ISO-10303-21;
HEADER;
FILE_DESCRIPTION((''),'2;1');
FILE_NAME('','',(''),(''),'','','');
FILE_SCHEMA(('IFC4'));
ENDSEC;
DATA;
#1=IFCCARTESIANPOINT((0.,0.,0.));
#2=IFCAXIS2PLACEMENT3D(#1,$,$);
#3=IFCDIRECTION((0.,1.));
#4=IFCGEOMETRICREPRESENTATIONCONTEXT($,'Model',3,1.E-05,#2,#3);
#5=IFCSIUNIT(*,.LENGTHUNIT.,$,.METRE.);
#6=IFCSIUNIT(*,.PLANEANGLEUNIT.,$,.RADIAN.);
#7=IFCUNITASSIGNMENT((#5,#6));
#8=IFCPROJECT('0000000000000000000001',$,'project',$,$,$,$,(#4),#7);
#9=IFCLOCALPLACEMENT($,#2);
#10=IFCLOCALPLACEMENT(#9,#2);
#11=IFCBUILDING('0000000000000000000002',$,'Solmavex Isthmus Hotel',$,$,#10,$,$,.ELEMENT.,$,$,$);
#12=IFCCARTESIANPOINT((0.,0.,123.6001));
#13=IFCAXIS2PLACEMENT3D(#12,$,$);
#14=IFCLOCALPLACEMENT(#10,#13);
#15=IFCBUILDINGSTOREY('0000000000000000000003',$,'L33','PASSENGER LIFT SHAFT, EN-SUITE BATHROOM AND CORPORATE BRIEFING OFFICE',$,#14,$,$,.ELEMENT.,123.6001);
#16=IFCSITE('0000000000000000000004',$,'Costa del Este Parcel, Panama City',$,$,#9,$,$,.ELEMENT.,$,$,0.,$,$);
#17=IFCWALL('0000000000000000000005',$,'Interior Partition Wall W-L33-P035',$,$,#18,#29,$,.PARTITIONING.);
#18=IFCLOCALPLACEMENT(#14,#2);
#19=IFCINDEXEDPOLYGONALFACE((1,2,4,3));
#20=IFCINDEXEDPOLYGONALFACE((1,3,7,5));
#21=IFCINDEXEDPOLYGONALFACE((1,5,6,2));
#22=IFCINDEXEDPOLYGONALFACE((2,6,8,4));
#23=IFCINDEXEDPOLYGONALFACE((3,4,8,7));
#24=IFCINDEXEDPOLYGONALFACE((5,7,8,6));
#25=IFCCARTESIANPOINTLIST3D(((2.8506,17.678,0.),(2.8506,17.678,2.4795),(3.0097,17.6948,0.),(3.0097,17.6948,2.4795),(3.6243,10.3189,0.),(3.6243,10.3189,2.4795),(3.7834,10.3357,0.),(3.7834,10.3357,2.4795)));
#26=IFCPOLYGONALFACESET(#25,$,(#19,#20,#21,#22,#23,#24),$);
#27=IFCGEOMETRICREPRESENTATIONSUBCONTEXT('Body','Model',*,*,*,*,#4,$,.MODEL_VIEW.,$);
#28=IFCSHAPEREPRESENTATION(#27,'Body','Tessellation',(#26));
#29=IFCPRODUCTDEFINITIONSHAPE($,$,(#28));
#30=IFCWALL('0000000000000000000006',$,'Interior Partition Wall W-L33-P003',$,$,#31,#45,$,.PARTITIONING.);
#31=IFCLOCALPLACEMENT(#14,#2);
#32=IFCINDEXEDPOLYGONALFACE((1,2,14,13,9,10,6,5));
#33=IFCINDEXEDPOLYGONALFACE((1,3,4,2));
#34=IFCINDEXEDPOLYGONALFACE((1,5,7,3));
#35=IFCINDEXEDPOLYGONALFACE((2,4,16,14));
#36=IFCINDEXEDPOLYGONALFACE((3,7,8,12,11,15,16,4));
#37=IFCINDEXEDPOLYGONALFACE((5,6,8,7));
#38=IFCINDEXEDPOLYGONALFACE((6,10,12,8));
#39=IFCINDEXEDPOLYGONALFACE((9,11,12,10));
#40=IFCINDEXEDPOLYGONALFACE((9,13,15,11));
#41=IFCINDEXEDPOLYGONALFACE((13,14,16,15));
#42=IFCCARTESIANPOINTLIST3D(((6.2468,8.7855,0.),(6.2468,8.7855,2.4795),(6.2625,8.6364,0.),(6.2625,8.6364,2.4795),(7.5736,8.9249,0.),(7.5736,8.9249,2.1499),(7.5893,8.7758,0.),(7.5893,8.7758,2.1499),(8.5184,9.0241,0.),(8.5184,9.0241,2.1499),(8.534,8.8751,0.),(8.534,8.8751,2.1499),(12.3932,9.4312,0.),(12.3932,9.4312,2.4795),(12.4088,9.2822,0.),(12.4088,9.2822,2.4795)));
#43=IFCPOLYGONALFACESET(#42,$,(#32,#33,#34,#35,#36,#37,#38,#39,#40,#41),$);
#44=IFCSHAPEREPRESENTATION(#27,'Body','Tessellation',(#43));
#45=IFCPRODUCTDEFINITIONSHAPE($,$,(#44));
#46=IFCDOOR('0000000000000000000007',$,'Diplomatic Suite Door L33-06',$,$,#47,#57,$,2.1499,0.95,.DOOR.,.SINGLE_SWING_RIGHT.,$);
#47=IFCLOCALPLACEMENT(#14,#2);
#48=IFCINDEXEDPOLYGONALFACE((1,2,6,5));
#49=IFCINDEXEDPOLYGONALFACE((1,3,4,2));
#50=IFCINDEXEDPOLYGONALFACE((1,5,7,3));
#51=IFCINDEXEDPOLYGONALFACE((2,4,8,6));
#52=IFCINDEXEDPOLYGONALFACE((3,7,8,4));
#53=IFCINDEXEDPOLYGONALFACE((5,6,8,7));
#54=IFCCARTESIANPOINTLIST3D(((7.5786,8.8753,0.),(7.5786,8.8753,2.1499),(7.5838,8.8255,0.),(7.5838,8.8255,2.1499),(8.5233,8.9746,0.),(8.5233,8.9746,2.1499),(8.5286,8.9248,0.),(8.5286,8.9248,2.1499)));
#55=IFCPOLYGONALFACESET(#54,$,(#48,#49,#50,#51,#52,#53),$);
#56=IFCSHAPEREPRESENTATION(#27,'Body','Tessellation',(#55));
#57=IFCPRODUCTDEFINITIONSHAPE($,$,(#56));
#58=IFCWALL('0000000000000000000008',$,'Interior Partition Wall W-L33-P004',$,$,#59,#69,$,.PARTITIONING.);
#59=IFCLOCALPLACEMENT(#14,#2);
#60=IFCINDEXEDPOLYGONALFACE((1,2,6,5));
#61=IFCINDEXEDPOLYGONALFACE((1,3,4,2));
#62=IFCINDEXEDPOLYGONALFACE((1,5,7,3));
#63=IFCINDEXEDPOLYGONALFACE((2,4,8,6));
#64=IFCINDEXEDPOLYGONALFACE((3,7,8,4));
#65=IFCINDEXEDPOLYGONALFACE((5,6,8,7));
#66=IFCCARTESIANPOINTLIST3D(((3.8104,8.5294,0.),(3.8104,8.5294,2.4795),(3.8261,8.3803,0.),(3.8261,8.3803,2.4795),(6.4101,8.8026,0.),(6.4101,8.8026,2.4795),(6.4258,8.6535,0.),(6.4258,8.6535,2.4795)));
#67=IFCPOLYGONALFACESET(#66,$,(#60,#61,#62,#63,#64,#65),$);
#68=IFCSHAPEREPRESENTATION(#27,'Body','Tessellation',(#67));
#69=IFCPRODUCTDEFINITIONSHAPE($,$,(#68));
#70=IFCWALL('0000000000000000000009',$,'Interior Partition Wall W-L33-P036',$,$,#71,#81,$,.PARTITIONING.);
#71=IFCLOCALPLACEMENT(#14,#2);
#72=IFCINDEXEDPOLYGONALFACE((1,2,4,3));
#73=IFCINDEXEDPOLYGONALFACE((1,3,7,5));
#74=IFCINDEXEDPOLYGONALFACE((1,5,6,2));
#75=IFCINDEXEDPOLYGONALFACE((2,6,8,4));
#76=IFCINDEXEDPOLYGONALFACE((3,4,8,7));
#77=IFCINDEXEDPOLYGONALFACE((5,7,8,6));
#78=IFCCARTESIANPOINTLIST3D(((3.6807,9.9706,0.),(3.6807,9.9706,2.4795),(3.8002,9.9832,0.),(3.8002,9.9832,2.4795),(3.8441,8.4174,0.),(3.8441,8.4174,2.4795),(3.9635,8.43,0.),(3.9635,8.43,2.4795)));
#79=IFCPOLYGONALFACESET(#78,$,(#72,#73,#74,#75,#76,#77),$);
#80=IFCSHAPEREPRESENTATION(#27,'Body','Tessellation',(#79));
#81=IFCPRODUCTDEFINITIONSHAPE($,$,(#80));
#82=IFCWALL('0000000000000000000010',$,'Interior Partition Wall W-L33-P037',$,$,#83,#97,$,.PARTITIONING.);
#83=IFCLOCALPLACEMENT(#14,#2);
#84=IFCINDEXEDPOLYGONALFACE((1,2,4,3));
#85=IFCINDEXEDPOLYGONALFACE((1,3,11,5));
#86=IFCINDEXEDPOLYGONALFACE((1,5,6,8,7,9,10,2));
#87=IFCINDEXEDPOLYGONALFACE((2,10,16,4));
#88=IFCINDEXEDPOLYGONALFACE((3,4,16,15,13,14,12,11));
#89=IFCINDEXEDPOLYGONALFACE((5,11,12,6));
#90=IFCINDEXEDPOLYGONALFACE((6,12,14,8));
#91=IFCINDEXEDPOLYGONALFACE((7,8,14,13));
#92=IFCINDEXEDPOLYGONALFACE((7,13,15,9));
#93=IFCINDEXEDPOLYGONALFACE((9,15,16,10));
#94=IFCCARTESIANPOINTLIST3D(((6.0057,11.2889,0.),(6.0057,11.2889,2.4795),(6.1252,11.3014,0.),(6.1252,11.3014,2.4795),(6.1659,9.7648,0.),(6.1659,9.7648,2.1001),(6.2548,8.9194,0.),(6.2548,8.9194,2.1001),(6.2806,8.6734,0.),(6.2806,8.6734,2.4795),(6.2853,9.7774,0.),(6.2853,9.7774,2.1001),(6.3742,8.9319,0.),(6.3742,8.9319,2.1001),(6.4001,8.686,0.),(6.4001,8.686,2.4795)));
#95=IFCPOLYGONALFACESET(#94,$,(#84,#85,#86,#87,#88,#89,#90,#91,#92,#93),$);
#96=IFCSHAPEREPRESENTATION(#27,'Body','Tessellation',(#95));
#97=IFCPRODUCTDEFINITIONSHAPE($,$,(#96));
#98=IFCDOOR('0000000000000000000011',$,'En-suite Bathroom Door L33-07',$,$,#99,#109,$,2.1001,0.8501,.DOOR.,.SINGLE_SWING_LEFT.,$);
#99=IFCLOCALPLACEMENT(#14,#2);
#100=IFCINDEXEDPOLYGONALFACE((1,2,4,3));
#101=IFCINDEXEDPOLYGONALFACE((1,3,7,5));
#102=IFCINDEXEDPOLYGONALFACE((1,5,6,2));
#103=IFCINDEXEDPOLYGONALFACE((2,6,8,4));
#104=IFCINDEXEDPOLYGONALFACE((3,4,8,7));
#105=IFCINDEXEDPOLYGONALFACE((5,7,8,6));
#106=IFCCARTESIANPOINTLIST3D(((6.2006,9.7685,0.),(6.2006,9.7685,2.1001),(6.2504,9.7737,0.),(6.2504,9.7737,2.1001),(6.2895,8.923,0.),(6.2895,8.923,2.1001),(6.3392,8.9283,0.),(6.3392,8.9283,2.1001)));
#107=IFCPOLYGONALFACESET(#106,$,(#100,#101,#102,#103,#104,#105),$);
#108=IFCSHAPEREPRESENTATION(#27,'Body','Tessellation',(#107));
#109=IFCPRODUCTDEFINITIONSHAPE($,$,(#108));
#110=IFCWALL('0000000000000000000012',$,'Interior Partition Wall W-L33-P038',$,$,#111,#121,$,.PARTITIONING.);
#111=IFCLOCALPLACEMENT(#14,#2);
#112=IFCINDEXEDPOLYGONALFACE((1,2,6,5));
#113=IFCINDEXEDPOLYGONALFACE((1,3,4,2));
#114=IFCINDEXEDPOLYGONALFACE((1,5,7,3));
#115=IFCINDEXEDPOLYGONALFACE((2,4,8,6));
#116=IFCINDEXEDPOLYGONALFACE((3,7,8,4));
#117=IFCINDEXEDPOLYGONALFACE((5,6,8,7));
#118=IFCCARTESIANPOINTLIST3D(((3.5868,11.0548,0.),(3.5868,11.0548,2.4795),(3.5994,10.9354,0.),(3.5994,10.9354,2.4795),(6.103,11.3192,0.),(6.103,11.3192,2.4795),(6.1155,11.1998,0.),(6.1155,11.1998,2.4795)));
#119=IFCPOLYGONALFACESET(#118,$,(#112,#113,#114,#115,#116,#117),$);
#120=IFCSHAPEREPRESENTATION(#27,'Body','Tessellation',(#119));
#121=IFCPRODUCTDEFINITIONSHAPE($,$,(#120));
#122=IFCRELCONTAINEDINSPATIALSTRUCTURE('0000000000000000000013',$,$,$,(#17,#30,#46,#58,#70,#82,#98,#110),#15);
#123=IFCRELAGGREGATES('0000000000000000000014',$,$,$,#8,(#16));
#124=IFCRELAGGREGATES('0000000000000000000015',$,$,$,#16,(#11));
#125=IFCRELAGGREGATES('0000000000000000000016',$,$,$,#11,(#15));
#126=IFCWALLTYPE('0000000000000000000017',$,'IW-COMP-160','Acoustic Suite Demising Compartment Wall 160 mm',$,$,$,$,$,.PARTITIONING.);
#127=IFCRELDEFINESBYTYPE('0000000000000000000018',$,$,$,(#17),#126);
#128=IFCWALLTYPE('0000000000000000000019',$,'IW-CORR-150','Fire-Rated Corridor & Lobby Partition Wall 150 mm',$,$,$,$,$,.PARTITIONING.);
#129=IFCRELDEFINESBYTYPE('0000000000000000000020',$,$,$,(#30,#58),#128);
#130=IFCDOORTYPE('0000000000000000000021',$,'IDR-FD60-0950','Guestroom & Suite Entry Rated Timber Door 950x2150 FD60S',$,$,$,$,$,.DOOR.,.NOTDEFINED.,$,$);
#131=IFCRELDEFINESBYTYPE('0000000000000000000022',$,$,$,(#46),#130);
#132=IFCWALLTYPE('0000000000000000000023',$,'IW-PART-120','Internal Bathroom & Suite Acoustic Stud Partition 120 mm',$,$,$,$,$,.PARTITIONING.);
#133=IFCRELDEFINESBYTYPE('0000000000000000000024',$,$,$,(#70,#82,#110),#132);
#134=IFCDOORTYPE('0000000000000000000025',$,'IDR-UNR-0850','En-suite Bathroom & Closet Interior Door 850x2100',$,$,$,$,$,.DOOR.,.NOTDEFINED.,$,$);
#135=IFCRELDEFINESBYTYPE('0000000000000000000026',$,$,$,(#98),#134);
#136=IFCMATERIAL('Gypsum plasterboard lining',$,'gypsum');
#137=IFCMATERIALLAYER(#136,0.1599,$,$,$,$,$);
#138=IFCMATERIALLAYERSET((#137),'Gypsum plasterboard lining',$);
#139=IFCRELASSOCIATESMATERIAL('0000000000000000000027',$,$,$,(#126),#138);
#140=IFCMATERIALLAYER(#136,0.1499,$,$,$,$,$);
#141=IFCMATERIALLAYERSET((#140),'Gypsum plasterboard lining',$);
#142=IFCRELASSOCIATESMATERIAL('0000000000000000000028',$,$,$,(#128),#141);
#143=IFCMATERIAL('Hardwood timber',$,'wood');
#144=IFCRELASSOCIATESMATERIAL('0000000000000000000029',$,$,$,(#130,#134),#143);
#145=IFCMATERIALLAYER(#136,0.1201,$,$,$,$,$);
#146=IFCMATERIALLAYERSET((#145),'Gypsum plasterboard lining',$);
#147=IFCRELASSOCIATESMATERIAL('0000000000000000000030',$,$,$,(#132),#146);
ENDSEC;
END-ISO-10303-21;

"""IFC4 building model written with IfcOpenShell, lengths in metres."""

from ifc_helpers import new_model, si_unit, direction, frame, frame_2d, origin, place, context, subcontext, project, spatial, rectangle, extrude, material, layer, layer_set, type_object, element, fill, save


model = new_model("IFC4")

# Units and contexts
model_context = context("Model", 3, precision=1e-05, world=origin(), true_north=direction((0.0, 1.0)))
body_context = subcontext(model_context, "Body", "Model", "MODEL_VIEW")
ifc_project = project(units=[si_unit("LENGTHUNIT", "METRE"), si_unit("PLANEANGLEUNIT", "RADIAN")], contexts=[model_context])

# Site, building, storey
site_placement = place(None, origin())
site = spatial("IfcSite", under=ifc_project, at=site_placement, Name="Costa del Este Parcel, Panama City", CompositionType="ELEMENT", RefElevation=0.0)
building_placement = place(site_placement, origin())
building = spatial("IfcBuilding", under=site, at=building_placement, Name="Solmavex Isthmus Hotel", CompositionType="ELEMENT")
storey_placement = place(building_placement, frame((0.0, 0.0, 123.6001)))
storey = spatial("IfcBuildingStorey", under=building, at=storey_placement, Name="L33", Description="PASSENGER LIFT SHAFT, EN-SUITE BATHROOM AND CORPORATE BRIEFING OFFICE", CompositionType="ELEMENT", Elevation=123.6001)

# Wall
ifc_material_1 = material(Name="Gypsum plasterboard lining", Category="gypsum")
ifc_layer_1 = layer(ifc_material_1, 0.1599)
ifc_layer_set_1 = layer_set([ifc_layer_1], Name="Gypsum plasterboard lining")
wall_type_1 = type_object("IfcWallType", Name="IW-COMP-160", Description="Acoustic Suite Demising Compartment Wall 160 mm", PredefinedType="PARTITIONING", material=ifc_layer_set_1)
wall_1_placement = place(storey_placement, frame((2.9302, 17.6863, 0.0), z_axis=(0.0, 0.0, 1.0), x_axis=(0.104556, -0.994519, 0.0)))
element("IfcWall", 1, at=wall_1_placement, inside=storey, type_object=wall_type_1, Name="Interior Partition Wall W-L33-P035", PredefinedType="PARTITIONING", context=body_context, shape_type="SweptSolid", body=[
    extrude(rectangle(XDim=7.3997, YDim=0.1599, at=frame_2d((3.6997, 0.0))), origin(), (0.0, 0.0, 1.0), 2.4795),
])

# Wall, opening, door
ifc_layer_2 = layer(ifc_material_1, 0.1499)
ifc_layer_set_2 = layer_set([ifc_layer_2], Name="Gypsum plasterboard lining")
wall_type_2 = type_object("IfcWallType", Name="IW-CORR-150", Description="Fire-Rated Corridor & Lobby Partition Wall 150 mm", PredefinedType="PARTITIONING", material=ifc_layer_set_2)
wall_2_placement = place(storey_placement, frame((6.2546, 8.7109, 0.0), z_axis=(0.0, 0.0, 1.0), x_axis=(0.994526, 0.104489, 0.0)))
wall_2 = element("IfcWall", 2, at=wall_2_placement, inside=storey, type_object=wall_type_2, Name="Interior Partition Wall W-L33-P003", PredefinedType="PARTITIONING", context=body_context, shape_type="SweptSolid", body=[
    extrude(rectangle(XDim=6.1802, YDim=0.1499, at=frame_2d((3.0901, 0.0))), origin(), (0.0, 0.0, 1.0), 2.4795),
])
opening_1_placement = place(wall_2_placement, frame((1.334, 0.0, 0.0)))
opening_1 = element("IfcOpeningElement", 3, at=opening_1_placement, cuts=wall_2, PredefinedType="OPENING", context=body_context, shape_type="SweptSolid", body=[
    extrude(rectangle(XDim=0.95, YDim=2.1499, at=frame_2d((0.4751, 1.075))), frame((0.0, 0.085, 0.0), z_axis=(0.0, -1.0, 0.0), x_axis=(1.0, 0.0, 0.0)), (0.0, 0.0, 1.0), 0.1699),
])
ifc_material_2 = material(Name="Hardwood timber", Category="wood")
door_type_1 = type_object("IfcDoorType", Name="IDR-FD60-0950", Description="Guestroom & Suite Entry Rated Timber Door 950x2150 FD60S", OperationType="NOTDEFINED", PredefinedType="DOOR", material=ifc_material_2)
door_1_placement = place(opening_1_placement, frame((0.95, 0.0, 0.0), z_axis=(0.0, 0.0, 1.0), x_axis=(-1.0, 0.0, 0.0)))
door_1 = element("IfcDoor", 4, at=door_1_placement, inside=storey, type_object=door_type_1, Name="Diplomatic Suite Door L33-06", OperationType="SINGLE_SWING_RIGHT", OverallHeight=2.1499, OverallWidth=0.95, PredefinedType="DOOR", context=body_context, shape_type="SweptSolid", body=[
    extrude(rectangle(XDim=0.95, YDim=2.1499, at=frame_2d((0.4751, 1.075))), frame((0.0, 0.0249, 0.0), z_axis=(0.0, -1.0, 0.0), x_axis=(1.0, 0.0, 0.0)), (0.0, 0.0, 1.0), 0.05),
])
fill(opening_1, door_1)

# Walls
wall_3_placement = place(storey_placement, frame((3.8181, 8.4548, 0.0), z_axis=(0.0, 0.0, 1.0), x_axis=(0.994523, 0.104515, 0.0)))
element("IfcWall", 5, at=wall_3_placement, inside=storey, type_object=wall_type_2, Name="Interior Partition Wall W-L33-P004", PredefinedType="PARTITIONING", context=body_context, shape_type="SweptSolid", body=[
    extrude(rectangle(XDim=2.614, YDim=0.1499, at=frame_2d((1.3071, 0.0))), origin(), (0.0, 0.0, 1.0), 2.4795),
])
ifc_layer_3 = layer(ifc_material_1, 0.1201)
ifc_layer_set_3 = layer_set([ifc_layer_3], Name="Gypsum plasterboard lining")
wall_type_3 = type_object("IfcWallType", Name="IW-PART-120", Description="Internal Bathroom & Suite Acoustic Stud Partition 120 mm", PredefinedType="PARTITIONING", material=ifc_layer_set_3)
wall_4_placement = place(storey_placement, frame((3.7405, 9.9768, 0.0), z_axis=(0.0, 0.0, 1.0), x_axis=(0.104579, -0.994517, 0.0)))
element("IfcWall", 6, at=wall_4_placement, inside=storey, type_object=wall_type_3, Name="Interior Partition Wall W-L33-P036", PredefinedType="PARTITIONING", context=body_context, shape_type="SweptSolid", body=[
    extrude(rectangle(XDim=1.5618, YDim=0.1201, at=frame_2d((0.7808, 0.0))), origin(), (0.0, 0.0, 1.0), 2.4795),
])

# Wall, opening, door
wall_5_placement = place(storey_placement, frame((6.3403, 8.6797, 0.0), z_axis=(0.0, 0.0, 1.0), x_axis=(-0.10453, 0.994522, 0.0)))
wall_5 = element("IfcWall", 7, at=wall_5_placement, inside=storey, type_object=wall_type_3, Name="Interior Partition Wall W-L33-P037", PredefinedType="PARTITIONING", context=body_context, shape_type="SweptSolid", body=[
    extrude(rectangle(XDim=2.6299, YDim=0.1201, at=frame_2d((1.3149, 0.0))), origin(), (0.0, 0.0, 1.0), 2.4795),
])
opening_2_placement = place(wall_5_placement, frame((0.2473, 0.0, 0.0)))
opening_2 = element("IfcOpeningElement", 8, at=opening_2_placement, cuts=wall_5, PredefinedType="OPENING", context=body_context, shape_type="SweptSolid", body=[
    extrude(rectangle(XDim=0.8501, YDim=2.1001, at=frame_2d((0.425, 1.05))), frame((0.0, 0.0701, 0.0), z_axis=(0.0, -1.0, 0.0), x_axis=(1.0, 0.0, 0.0)), (0.0, 0.0, 1.0), 0.1401),
])
door_type_2 = type_object("IfcDoorType", Name="IDR-UNR-0850", Description="En-suite Bathroom & Closet Interior Door 850x2100", OperationType="NOTDEFINED", PredefinedType="DOOR", material=ifc_material_2)
door_2_placement = place(opening_2_placement, frame((0.8501, 0.0, 0.0), z_axis=(0.0, 0.0, 1.0), x_axis=(-1.0, 0.0, 0.0)))
door_2 = element("IfcDoor", 9, at=door_2_placement, inside=storey, type_object=door_type_2, Name="En-suite Bathroom Door L33-07", OperationType="SINGLE_SWING_LEFT", OverallHeight=2.1001, OverallWidth=0.8501, PredefinedType="DOOR", context=body_context, shape_type="SweptSolid", body=[
    extrude(rectangle(XDim=0.8501, YDim=2.1001, at=frame_2d((0.425, 1.05))), frame((0.0, 0.0249, 0.0), z_axis=(0.0, -1.0, 0.0), x_axis=(1.0, 0.0, 0.0)), (0.0, 0.0, 1.0), 0.05),
])
fill(opening_2, door_2)

# Wall
wall_6_placement = place(storey_placement, frame((6.1094, 11.2595, 0.0), z_axis=(0.0, 0.0, 1.0), x_axis=(-0.994524, -0.104509, 0.0)))
element("IfcWall", 10, at=wall_6_placement, inside=storey, type_object=wall_type_3, Name="Interior Partition Wall W-L33-P038", PredefinedType="PARTITIONING", context=body_context, shape_type="SweptSolid", body=[
    extrude(rectangle(XDim=2.53, YDim=0.1201, at=frame_2d((1.2651, 0.0))), origin(), (0.0, 0.0, 1.0), 2.4795),
])

save(model, "model.ifc")
